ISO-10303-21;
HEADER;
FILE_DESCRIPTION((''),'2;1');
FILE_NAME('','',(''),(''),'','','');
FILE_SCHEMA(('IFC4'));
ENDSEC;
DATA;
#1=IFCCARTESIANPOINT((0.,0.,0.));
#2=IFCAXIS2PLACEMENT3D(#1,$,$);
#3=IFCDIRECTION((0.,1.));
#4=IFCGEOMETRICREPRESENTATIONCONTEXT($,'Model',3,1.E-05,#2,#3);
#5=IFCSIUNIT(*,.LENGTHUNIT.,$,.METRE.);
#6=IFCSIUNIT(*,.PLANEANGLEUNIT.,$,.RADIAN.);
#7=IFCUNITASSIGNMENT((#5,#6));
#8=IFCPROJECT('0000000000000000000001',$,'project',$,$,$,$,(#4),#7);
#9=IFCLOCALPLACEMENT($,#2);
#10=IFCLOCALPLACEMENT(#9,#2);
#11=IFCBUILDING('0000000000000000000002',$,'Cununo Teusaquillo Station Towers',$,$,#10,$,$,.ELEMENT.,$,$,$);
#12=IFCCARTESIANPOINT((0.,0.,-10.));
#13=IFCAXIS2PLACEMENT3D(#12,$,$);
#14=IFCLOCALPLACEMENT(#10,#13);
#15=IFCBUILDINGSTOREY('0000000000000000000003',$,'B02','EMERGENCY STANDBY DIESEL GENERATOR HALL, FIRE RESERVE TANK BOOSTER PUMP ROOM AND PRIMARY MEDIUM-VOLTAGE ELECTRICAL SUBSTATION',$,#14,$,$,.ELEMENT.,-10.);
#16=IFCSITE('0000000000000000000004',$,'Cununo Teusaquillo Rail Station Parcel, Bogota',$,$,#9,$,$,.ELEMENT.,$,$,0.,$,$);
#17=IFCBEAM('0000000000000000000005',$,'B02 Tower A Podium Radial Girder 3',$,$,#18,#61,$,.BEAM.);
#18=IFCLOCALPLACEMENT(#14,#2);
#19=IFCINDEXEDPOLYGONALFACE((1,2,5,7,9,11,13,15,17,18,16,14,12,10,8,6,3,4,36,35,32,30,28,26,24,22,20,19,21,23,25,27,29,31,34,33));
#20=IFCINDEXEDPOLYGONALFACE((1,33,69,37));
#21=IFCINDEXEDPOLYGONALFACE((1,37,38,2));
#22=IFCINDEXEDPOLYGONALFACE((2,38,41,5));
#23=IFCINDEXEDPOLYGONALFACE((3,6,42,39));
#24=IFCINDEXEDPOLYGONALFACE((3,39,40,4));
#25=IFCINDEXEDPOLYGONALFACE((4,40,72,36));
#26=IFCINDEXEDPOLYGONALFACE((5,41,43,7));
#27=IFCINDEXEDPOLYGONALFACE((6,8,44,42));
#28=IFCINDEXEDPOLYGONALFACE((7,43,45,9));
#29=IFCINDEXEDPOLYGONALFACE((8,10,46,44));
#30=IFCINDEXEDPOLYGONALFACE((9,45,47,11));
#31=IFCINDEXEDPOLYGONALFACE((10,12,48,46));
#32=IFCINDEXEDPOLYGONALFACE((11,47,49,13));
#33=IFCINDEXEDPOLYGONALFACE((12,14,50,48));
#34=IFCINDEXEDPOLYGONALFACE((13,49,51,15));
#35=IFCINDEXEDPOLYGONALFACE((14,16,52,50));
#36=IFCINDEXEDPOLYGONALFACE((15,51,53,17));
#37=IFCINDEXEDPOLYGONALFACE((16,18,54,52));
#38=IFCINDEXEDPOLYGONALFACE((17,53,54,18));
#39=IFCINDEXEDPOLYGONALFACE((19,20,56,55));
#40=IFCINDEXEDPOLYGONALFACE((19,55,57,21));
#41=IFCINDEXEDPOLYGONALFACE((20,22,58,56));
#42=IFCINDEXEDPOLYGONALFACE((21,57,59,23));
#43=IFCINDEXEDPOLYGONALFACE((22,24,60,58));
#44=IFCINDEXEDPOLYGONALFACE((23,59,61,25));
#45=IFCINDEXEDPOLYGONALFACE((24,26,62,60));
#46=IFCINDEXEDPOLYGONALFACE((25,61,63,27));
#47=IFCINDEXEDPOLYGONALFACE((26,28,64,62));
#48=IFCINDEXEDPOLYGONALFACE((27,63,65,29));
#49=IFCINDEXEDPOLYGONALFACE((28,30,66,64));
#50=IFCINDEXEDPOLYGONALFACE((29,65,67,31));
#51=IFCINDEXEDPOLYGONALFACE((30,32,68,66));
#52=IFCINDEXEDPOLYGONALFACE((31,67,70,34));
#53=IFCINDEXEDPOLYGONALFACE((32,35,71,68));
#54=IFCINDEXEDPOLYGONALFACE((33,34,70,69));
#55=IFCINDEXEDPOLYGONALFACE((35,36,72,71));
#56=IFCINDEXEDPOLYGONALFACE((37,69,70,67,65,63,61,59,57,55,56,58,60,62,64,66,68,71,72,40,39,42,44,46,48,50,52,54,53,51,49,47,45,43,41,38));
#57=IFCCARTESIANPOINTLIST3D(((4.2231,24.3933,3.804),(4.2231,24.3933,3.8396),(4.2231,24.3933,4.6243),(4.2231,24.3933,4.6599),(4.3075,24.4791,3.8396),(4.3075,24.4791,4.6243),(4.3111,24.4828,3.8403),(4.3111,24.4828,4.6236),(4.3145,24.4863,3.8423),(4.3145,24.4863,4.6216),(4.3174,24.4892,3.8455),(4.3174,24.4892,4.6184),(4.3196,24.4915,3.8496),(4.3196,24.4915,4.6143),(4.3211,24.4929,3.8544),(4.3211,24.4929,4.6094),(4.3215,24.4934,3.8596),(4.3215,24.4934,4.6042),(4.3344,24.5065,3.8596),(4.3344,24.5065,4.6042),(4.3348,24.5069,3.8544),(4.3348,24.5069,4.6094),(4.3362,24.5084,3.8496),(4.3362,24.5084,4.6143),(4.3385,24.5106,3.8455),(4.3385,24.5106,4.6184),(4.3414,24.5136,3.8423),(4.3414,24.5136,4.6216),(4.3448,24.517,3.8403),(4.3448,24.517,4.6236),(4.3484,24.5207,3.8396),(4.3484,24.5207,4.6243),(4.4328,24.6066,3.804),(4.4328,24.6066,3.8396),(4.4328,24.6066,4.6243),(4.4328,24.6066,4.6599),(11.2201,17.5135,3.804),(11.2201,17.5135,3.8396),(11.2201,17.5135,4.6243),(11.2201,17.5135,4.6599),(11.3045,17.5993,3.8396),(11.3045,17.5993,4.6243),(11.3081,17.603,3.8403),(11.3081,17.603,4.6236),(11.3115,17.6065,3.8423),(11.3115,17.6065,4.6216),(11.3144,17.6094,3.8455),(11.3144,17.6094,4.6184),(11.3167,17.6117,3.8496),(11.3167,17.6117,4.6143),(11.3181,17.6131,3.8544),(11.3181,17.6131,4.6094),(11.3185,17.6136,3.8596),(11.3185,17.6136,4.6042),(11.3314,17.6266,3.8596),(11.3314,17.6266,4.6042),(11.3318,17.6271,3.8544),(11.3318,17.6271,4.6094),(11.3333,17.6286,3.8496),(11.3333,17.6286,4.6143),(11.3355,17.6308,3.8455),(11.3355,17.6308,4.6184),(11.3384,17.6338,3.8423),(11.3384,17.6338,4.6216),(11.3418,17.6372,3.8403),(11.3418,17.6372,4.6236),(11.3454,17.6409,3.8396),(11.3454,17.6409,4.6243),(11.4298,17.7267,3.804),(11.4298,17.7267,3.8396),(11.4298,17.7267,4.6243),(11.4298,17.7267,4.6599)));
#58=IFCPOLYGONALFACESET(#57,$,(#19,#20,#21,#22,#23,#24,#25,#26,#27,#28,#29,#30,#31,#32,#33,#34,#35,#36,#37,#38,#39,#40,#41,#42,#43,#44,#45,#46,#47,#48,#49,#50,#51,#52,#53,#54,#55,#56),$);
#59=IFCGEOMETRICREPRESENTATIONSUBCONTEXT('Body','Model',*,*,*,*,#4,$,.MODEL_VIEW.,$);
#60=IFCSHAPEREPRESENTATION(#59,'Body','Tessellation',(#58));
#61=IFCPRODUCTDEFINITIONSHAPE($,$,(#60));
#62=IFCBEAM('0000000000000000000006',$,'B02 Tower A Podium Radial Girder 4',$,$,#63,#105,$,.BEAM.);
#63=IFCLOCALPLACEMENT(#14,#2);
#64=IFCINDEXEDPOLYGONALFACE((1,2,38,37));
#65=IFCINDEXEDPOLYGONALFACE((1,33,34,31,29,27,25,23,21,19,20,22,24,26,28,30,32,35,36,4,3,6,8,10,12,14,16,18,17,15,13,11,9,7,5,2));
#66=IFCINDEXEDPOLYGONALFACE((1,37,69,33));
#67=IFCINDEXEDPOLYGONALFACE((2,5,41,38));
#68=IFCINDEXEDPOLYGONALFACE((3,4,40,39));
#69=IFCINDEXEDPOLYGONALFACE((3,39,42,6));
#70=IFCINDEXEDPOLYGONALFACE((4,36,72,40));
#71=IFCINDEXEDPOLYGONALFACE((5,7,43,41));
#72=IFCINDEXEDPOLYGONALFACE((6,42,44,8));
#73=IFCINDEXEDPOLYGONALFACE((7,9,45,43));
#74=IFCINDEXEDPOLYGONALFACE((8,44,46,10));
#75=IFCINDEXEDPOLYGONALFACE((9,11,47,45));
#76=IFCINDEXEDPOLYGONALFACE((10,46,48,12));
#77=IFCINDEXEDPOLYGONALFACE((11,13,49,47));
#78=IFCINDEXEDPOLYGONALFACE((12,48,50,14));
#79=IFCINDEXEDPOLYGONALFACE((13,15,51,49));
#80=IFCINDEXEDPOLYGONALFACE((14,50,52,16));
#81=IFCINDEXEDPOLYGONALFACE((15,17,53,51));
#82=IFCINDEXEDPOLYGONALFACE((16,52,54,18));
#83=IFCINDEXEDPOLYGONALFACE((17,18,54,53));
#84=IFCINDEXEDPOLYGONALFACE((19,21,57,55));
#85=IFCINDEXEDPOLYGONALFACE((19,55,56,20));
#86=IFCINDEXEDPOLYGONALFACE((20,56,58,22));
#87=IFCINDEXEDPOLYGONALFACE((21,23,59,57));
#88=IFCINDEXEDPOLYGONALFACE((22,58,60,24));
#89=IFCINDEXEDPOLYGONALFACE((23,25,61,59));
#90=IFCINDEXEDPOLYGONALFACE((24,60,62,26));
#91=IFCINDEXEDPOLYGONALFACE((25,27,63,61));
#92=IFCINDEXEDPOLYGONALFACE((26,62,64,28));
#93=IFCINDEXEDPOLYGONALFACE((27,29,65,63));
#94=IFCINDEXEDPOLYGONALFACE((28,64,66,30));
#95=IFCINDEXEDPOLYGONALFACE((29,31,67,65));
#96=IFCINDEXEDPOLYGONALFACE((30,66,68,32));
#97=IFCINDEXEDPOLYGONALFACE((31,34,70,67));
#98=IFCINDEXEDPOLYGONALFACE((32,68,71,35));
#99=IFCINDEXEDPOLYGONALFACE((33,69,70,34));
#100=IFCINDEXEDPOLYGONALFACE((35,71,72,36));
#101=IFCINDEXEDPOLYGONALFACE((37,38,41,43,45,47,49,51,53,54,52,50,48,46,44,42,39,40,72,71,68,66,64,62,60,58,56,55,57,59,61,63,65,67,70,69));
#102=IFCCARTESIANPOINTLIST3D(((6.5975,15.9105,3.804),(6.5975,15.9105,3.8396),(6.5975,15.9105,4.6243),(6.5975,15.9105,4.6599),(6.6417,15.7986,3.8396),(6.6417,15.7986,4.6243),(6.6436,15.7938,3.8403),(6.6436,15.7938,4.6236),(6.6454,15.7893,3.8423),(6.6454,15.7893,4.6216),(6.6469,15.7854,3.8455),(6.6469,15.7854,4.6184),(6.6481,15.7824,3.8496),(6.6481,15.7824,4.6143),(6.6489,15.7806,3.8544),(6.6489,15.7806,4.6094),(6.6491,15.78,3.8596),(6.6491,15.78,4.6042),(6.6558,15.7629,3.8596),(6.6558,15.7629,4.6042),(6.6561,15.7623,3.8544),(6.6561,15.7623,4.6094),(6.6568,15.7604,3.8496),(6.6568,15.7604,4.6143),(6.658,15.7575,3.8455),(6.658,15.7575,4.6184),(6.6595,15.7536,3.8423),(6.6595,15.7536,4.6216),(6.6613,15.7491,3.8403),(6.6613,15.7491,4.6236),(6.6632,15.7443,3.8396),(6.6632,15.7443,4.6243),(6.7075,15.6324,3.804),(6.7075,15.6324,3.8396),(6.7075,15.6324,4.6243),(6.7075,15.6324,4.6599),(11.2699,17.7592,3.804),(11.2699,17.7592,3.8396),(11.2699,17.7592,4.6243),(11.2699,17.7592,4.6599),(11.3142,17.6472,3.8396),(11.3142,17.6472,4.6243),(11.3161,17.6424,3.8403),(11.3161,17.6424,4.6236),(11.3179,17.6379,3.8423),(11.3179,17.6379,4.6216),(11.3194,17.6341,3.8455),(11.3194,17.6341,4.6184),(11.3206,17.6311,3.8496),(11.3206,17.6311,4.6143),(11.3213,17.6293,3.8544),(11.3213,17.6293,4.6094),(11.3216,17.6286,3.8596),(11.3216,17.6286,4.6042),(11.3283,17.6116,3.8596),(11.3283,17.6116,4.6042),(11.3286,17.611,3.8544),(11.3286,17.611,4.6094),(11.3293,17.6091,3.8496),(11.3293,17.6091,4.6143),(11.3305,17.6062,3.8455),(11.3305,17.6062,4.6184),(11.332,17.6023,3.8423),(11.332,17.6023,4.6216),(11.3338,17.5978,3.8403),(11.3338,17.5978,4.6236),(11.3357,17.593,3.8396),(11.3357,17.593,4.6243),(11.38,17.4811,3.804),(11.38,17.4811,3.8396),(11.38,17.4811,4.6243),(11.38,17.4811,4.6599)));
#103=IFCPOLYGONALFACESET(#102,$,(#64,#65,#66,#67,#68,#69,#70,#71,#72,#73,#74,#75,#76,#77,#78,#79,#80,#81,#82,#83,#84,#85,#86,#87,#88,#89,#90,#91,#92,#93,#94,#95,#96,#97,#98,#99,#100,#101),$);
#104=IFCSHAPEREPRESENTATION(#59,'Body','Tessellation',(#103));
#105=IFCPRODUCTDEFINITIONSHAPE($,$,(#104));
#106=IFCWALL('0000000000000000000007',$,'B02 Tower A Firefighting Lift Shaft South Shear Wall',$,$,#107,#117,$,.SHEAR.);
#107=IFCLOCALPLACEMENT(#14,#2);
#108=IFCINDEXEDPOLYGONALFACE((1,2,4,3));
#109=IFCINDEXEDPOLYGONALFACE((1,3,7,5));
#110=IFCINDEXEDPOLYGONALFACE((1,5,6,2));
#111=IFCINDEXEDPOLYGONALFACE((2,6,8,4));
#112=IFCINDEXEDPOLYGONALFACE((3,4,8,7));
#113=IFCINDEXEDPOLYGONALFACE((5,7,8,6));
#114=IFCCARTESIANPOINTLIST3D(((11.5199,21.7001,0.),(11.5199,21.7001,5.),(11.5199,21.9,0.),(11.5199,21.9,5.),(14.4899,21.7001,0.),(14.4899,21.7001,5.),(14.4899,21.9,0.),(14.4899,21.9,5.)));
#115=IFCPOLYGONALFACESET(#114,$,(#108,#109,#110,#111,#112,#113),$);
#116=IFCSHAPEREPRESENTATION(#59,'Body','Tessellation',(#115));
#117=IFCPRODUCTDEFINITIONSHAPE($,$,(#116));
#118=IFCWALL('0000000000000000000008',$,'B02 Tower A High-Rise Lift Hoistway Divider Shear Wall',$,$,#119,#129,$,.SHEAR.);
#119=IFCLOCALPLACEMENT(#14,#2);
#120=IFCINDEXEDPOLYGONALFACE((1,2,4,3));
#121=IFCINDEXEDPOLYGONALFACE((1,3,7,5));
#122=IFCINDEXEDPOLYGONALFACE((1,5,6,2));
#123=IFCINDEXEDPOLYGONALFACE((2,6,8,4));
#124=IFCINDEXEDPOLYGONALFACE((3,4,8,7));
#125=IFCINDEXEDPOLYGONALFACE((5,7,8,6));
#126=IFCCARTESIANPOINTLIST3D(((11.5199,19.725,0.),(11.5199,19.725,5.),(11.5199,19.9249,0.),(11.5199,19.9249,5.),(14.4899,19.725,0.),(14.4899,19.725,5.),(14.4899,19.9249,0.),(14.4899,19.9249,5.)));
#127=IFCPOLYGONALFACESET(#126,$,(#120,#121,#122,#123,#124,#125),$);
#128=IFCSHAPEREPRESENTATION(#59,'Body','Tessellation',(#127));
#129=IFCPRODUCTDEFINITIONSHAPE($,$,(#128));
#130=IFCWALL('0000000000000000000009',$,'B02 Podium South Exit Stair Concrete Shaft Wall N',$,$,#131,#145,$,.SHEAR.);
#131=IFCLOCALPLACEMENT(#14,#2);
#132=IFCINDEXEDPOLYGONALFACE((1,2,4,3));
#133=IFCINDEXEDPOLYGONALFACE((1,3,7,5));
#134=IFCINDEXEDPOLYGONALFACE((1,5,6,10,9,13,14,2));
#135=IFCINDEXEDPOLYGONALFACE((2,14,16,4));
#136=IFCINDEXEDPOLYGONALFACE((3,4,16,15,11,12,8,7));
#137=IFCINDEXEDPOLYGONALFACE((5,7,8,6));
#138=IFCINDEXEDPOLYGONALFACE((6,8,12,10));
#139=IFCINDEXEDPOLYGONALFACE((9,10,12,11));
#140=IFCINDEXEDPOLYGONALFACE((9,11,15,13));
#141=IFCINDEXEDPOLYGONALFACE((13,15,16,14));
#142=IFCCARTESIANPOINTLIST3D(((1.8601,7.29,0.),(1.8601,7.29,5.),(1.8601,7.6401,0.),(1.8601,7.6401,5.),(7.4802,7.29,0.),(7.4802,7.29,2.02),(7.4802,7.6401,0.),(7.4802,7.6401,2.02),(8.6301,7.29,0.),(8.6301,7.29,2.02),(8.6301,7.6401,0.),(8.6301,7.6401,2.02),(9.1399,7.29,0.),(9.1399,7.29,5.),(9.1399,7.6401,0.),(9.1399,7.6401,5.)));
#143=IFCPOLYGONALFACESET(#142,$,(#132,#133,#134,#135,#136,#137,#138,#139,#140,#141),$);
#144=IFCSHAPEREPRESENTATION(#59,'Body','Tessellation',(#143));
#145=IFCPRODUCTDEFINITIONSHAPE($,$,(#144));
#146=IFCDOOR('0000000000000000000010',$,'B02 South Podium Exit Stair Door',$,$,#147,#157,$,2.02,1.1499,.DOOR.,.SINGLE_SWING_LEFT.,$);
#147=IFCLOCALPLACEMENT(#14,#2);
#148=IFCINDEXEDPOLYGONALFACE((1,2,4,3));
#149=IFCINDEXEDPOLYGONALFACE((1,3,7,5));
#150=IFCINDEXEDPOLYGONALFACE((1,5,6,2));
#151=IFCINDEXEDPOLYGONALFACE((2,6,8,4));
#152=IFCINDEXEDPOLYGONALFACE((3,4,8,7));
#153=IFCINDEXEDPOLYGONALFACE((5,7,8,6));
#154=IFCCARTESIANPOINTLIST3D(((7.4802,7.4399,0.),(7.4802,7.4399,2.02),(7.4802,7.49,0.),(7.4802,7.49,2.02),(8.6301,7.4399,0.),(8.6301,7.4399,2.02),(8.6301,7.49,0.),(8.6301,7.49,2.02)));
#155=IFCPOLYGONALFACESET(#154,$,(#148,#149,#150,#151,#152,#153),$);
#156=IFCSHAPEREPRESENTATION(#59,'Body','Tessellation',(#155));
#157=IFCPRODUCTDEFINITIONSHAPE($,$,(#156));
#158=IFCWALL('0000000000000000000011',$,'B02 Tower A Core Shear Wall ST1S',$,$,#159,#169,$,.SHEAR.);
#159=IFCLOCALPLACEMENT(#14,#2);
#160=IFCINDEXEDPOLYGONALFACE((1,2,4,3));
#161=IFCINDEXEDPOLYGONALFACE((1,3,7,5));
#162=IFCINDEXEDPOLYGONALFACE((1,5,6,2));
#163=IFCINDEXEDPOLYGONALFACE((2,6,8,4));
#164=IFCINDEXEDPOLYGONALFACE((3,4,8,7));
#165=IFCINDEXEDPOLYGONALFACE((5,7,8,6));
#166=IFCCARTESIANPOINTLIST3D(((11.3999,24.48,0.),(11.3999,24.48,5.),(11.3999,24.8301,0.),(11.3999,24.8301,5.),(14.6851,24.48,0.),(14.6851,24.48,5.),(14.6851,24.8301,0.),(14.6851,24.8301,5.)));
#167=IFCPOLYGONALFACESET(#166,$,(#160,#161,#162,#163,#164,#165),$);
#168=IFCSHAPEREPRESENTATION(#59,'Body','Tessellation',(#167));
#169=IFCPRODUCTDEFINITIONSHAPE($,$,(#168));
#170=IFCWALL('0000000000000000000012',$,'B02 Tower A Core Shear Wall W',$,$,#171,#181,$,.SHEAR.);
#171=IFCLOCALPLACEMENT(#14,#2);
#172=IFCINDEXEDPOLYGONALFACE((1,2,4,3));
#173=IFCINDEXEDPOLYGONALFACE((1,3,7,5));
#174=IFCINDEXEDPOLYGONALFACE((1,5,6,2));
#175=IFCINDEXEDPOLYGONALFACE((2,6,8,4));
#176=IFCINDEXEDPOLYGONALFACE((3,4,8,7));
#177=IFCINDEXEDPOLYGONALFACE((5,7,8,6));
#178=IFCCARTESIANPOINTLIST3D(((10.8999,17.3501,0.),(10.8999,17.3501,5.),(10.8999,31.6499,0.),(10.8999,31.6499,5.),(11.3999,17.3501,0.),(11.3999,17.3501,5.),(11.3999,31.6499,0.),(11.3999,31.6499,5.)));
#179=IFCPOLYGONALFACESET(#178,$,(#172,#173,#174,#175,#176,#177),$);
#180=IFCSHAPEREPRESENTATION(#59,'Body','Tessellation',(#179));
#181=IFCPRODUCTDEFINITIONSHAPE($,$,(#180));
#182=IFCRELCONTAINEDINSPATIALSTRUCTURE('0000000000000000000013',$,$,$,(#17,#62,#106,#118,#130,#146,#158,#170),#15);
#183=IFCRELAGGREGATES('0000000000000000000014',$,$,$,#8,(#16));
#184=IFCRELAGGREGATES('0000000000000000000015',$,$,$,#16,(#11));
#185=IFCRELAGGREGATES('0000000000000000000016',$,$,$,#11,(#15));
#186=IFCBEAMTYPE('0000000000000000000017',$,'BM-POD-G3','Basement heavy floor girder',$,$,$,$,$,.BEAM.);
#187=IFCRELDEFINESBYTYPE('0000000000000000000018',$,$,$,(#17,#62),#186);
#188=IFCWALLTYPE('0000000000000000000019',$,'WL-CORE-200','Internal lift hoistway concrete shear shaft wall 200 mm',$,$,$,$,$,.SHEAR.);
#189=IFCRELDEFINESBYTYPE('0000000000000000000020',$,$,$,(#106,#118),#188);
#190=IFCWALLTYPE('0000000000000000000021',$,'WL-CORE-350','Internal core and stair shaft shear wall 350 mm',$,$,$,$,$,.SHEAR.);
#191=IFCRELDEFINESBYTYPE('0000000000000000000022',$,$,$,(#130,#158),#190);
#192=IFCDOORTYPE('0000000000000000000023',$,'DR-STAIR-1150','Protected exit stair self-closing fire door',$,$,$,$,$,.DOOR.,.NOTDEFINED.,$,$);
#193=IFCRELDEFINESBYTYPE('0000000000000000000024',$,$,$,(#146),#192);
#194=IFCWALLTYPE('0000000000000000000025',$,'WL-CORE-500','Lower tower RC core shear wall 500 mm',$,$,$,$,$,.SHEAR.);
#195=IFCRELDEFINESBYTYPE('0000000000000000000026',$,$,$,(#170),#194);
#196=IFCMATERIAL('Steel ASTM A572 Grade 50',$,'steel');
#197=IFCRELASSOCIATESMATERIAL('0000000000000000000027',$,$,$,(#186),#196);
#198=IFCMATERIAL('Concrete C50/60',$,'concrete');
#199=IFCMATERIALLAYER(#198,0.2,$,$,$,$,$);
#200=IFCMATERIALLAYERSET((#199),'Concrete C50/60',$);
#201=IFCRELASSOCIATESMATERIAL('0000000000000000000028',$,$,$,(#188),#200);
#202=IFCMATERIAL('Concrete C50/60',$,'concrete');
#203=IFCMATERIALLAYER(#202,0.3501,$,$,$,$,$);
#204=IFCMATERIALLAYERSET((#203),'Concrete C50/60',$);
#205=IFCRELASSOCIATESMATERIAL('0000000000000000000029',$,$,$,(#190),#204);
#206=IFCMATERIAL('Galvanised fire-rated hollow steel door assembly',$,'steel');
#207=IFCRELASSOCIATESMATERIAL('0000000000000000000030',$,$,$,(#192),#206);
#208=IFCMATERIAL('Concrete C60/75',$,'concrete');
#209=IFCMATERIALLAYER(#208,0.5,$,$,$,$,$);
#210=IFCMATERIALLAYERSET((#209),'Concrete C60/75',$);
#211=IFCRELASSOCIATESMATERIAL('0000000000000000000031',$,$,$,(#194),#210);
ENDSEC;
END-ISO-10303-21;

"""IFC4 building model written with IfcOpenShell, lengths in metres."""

from ifc_helpers import new_model, si_unit, direction, frame, frame_2d, origin, origin_2d, place, context, subcontext, project, spatial, rectangle, i_section, extrude, source, transform, mapped, material, layer, layer_set, material_profile, profile_set, type_object, element, fill, save


model = new_model("IFC4")

# Units and contexts
model_context = context("Model", 3, precision=1e-05, world=origin(), true_north=direction((0.0, 1.0)))
body_context = subcontext(model_context, "Body", "Model", "MODEL_VIEW")
ifc_project = project(units=[si_unit("LENGTHUNIT", "METRE"), si_unit("PLANEANGLEUNIT", "RADIAN")], contexts=[model_context])

# Site, building, storey
site_placement = place(None, origin())
site = spatial("IfcSite", under=ifc_project, at=site_placement, Name="Cununo Teusaquillo Rail Station Parcel, Bogota", CompositionType="ELEMENT", RefElevation=0.0)
building_placement = place(site_placement, origin())
building = spatial("IfcBuilding", under=site, at=building_placement, Name="Cununo Teusaquillo Station Towers", CompositionType="ELEMENT")
storey_placement = place(building_placement, frame((0.0, 0.0, -10.0)))
storey = spatial("IfcBuildingStorey", under=building, at=storey_placement, Name="B02", Description="EMERGENCY STANDBY DIESEL GENERATOR HALL, FIRE RESERVE TANK BOOSTER PUMP ROOM AND PRIMARY MEDIUM-VOLTAGE ELECTRICAL SUBSTATION", CompositionType="ELEMENT", Elevation=-10.0)

# Beams
ifc_material_1 = material(Name="Steel ASTM A572 Grade 50", Category="steel")
ifc_material_profile_1 = material_profile(ifc_material_1, i_section(OverallWidth=0.2991, OverallDepth=0.856, WebThickness=0.0183, FlangeThickness=0.0356, FilletRadius=0.02, at=origin_2d()), Name="W33X201")
ifc_profile_set_1 = profile_set([ifc_material_profile_1], Name="Steel ASTM A572 Grade 50")
beam_type_1 = type_object("IfcBeamType", Name="BM-POD-G3", Description="Basement heavy floor girder", PredefinedType="BEAM", material=ifc_profile_set_1)
beam_1_placement = place(storey_placement, frame((11.325, 17.6201, 4.2319), z_axis=(-0.713053, 0.70111, 0.0), x_axis=(-0.70111, -0.713053, 0.0)))
element("IfcBeam", 1, at=beam_1_placement, inside=storey, type_object=beam_type_1, Name="B02 Tower A Podium Radial Girder 3", PredefinedType="BEAM", context=body_context, shape_type="SweptSolid", body=[
    extrude(i_section(OverallWidth=0.2991, OverallDepth=0.856, WebThickness=0.0183, FlangeThickness=0.0356, FilletRadius=0.02, at=origin_2d()), origin(), (0.0, 0.0, 1.0), 9.8127),
])
beam_2_placement = place(storey_placement, frame((11.325, 17.6201, 4.2319), z_axis=(-0.929864, -0.367903, 0.0), x_axis=(0.367903, -0.929864, 0.0)))
element("IfcBeam", 2, at=beam_2_placement, inside=storey, type_object=beam_type_1, Name="B02 Tower A Podium Radial Girder 4", PredefinedType="BEAM", context=body_context, shape_type="SweptSolid", body=[
    extrude(i_section(OverallWidth=0.2991, OverallDepth=0.856, WebThickness=0.0183, FlangeThickness=0.0356, FilletRadius=0.02, at=origin_2d()), origin(), (0.0, 0.0, 1.0), 5.0249),
])

# Walls
ifc_material_2 = material(Name="Concrete C50/60", Category="concrete")
ifc_layer_1 = layer(ifc_material_2, 0.2)
ifc_layer_set_1 = layer_set([ifc_layer_1], Name="Concrete C50/60")
wall_type_1 = type_object("IfcWallType", Name="WL-CORE-200", Description="Internal lift hoistway concrete shear shaft wall 200 mm", PredefinedType="SHEAR", material=ifc_layer_set_1)
for number, where, z_axis, x_axis, name in (
    (3, (11.52, 21.8, 0.0), (0.0, 0.0, 1.0), (1.0, 0.0, 0.0), "B02 Tower A Firefighting Lift Shaft South Shear Wall"),
    (4, (11.52, 19.825, 0.0), (0.0, 0.0, 1.0), (1.0, 0.0, 0.0), "B02 Tower A High-Rise Lift Hoistway Divider Shear Wall"),
):
    element("IfcWall", number, at=place(storey_placement, frame(where, z_axis=z_axis, x_axis=x_axis)), inside=storey, type_object=wall_type_1, Name=name, PredefinedType="SHEAR", context=body_context, shape_type="SweptSolid", body=[
        extrude(rectangle(XDim=2.97, YDim=0.2, at=frame_2d((1.4849, 0.0))), origin(), (0.0, 0.0, 1.0), 5.0),
    ])

# Wall, opening, door
ifc_material_3 = material(Name="Concrete C50/60", Category="concrete")
ifc_layer_2 = layer(ifc_material_3, 0.3501)
ifc_layer_set_2 = layer_set([ifc_layer_2], Name="Concrete C50/60")
wall_type_2 = type_object("IfcWallType", Name="WL-CORE-350", Description="Internal core and stair shaft shear wall 350 mm", PredefinedType="SHEAR", material=ifc_layer_set_2)
wall_1_placement = place(storey_placement, frame((1.8601, 7.4651, 0.0), z_axis=(0.0, 0.0, 1.0), x_axis=(1.0, 0.0, 0.0)))
wall_1 = element("IfcWall", 5, at=wall_1_placement, inside=storey, type_object=wall_type_2, Name="B02 Podium South Exit Stair Concrete Shaft Wall N", PredefinedType="SHEAR", context=body_context, shape_type="SweptSolid", body=[
    extrude(rectangle(XDim=7.2798, YDim=0.3501, at=frame_2d((3.6399, 0.0))), origin(), (0.0, 0.0, 1.0), 5.0),
])
shared_shape_1 = source(origin(), body_context, "Body", "SweptSolid", [
    extrude(rectangle(XDim=1.1499, YDim=2.02, at=frame_2d((0.575, 1.01))), frame((0.0, 0.1851, 0.0), z_axis=(0.0, -1.0, 0.0), x_axis=(1.0, 0.0, 0.0)), (0.0, 0.0, 1.0), 0.3701),
])
opening_1_placement = place(wall_1_placement, frame((5.6201, 0.0, 0.0)))
opening_1 = element("IfcOpeningElement", 6, at=opening_1_placement, cuts=wall_1, PredefinedType="OPENING", context=body_context, shape_type="MappedRepresentation", body=[
    mapped(shared_shape_1, transform((0.0, 0.0, 0.0), x_axis=(1.0, 0.0, 0.0), y_axis=(0.0, 1.0, 0.0), z_axis=(0.0, 0.0, 1.0), scale=1.0)),
])
ifc_material_4 = material(Name="Galvanised fire-rated hollow steel door assembly", Category="steel")
door_type_1 = type_object("IfcDoorType", Name="DR-STAIR-1150", Description="Protected exit stair self-closing fire door", OperationType="NOTDEFINED", PredefinedType="DOOR", material=ifc_material_4)
shared_shape_2 = source(origin(), body_context, "Body", "SweptSolid", [
    extrude(rectangle(XDim=1.1499, YDim=2.02, at=frame_2d((0.575, 1.01))), frame((0.0, 0.0249, 0.0), z_axis=(0.0, -1.0, 0.0), x_axis=(1.0, 0.0, 0.0)), (0.0, 0.0, 1.0), 0.05),
])
door_1_placement = place(opening_1_placement, origin())
door_1 = element("IfcDoor", 7, at=door_1_placement, inside=storey, type_object=door_type_1, Name="B02 South Podium Exit Stair Door", OperationType="SINGLE_SWING_LEFT", OverallHeight=2.02, OverallWidth=1.1499, PredefinedType="DOOR", context=body_context, shape_type="MappedRepresentation", body=[
    mapped(shared_shape_2, transform((0.0, 0.0, 0.0), x_axis=(1.0, 0.0, 0.0), y_axis=(0.0, 1.0, 0.0), z_axis=(0.0, 0.0, 1.0), scale=1.0)),
])
fill(opening_1, door_1)

# Walls
wall_2_placement = place(storey_placement, frame((11.3999, 24.655, 0.0), z_axis=(0.0, 0.0, 1.0), x_axis=(1.0, 0.0, 0.0)))
element("IfcWall", 8, at=wall_2_placement, inside=storey, type_object=wall_type_2, Name="B02 Tower A Core Shear Wall ST1S", PredefinedType="SHEAR", context=body_context, shape_type="SweptSolid", body=[
    extrude(rectangle(XDim=3.2852, YDim=0.3501, at=frame_2d((1.6426, 0.0))), origin(), (0.0, 0.0, 1.0), 5.0),
])
ifc_material_5 = material(Name="Concrete C60/75", Category="concrete")
ifc_layer_3 = layer(ifc_material_5, 0.5)
ifc_layer_set_3 = layer_set([ifc_layer_3], Name="Concrete C60/75")
wall_type_3 = type_object("IfcWallType", Name="WL-CORE-500", Description="Lower tower RC core shear wall 500 mm", PredefinedType="SHEAR", material=ifc_layer_set_3)
wall_3_placement = place(storey_placement, frame((11.1499, 17.3501, 0.0), z_axis=(0.0, 0.0, 1.0), x_axis=(0.0, 1.0, 0.0)))
element("IfcWall", 9, at=wall_3_placement, inside=storey, type_object=wall_type_3, Name="B02 Tower A Core Shear Wall W", PredefinedType="SHEAR", context=body_context, shape_type="SweptSolid", body=[
    extrude(rectangle(XDim=14.2998, YDim=0.5, at=frame_2d((7.1499, 0.0))), origin(), (0.0, 0.0, 1.0), 5.0),
])

save(model, "model.ifc")
